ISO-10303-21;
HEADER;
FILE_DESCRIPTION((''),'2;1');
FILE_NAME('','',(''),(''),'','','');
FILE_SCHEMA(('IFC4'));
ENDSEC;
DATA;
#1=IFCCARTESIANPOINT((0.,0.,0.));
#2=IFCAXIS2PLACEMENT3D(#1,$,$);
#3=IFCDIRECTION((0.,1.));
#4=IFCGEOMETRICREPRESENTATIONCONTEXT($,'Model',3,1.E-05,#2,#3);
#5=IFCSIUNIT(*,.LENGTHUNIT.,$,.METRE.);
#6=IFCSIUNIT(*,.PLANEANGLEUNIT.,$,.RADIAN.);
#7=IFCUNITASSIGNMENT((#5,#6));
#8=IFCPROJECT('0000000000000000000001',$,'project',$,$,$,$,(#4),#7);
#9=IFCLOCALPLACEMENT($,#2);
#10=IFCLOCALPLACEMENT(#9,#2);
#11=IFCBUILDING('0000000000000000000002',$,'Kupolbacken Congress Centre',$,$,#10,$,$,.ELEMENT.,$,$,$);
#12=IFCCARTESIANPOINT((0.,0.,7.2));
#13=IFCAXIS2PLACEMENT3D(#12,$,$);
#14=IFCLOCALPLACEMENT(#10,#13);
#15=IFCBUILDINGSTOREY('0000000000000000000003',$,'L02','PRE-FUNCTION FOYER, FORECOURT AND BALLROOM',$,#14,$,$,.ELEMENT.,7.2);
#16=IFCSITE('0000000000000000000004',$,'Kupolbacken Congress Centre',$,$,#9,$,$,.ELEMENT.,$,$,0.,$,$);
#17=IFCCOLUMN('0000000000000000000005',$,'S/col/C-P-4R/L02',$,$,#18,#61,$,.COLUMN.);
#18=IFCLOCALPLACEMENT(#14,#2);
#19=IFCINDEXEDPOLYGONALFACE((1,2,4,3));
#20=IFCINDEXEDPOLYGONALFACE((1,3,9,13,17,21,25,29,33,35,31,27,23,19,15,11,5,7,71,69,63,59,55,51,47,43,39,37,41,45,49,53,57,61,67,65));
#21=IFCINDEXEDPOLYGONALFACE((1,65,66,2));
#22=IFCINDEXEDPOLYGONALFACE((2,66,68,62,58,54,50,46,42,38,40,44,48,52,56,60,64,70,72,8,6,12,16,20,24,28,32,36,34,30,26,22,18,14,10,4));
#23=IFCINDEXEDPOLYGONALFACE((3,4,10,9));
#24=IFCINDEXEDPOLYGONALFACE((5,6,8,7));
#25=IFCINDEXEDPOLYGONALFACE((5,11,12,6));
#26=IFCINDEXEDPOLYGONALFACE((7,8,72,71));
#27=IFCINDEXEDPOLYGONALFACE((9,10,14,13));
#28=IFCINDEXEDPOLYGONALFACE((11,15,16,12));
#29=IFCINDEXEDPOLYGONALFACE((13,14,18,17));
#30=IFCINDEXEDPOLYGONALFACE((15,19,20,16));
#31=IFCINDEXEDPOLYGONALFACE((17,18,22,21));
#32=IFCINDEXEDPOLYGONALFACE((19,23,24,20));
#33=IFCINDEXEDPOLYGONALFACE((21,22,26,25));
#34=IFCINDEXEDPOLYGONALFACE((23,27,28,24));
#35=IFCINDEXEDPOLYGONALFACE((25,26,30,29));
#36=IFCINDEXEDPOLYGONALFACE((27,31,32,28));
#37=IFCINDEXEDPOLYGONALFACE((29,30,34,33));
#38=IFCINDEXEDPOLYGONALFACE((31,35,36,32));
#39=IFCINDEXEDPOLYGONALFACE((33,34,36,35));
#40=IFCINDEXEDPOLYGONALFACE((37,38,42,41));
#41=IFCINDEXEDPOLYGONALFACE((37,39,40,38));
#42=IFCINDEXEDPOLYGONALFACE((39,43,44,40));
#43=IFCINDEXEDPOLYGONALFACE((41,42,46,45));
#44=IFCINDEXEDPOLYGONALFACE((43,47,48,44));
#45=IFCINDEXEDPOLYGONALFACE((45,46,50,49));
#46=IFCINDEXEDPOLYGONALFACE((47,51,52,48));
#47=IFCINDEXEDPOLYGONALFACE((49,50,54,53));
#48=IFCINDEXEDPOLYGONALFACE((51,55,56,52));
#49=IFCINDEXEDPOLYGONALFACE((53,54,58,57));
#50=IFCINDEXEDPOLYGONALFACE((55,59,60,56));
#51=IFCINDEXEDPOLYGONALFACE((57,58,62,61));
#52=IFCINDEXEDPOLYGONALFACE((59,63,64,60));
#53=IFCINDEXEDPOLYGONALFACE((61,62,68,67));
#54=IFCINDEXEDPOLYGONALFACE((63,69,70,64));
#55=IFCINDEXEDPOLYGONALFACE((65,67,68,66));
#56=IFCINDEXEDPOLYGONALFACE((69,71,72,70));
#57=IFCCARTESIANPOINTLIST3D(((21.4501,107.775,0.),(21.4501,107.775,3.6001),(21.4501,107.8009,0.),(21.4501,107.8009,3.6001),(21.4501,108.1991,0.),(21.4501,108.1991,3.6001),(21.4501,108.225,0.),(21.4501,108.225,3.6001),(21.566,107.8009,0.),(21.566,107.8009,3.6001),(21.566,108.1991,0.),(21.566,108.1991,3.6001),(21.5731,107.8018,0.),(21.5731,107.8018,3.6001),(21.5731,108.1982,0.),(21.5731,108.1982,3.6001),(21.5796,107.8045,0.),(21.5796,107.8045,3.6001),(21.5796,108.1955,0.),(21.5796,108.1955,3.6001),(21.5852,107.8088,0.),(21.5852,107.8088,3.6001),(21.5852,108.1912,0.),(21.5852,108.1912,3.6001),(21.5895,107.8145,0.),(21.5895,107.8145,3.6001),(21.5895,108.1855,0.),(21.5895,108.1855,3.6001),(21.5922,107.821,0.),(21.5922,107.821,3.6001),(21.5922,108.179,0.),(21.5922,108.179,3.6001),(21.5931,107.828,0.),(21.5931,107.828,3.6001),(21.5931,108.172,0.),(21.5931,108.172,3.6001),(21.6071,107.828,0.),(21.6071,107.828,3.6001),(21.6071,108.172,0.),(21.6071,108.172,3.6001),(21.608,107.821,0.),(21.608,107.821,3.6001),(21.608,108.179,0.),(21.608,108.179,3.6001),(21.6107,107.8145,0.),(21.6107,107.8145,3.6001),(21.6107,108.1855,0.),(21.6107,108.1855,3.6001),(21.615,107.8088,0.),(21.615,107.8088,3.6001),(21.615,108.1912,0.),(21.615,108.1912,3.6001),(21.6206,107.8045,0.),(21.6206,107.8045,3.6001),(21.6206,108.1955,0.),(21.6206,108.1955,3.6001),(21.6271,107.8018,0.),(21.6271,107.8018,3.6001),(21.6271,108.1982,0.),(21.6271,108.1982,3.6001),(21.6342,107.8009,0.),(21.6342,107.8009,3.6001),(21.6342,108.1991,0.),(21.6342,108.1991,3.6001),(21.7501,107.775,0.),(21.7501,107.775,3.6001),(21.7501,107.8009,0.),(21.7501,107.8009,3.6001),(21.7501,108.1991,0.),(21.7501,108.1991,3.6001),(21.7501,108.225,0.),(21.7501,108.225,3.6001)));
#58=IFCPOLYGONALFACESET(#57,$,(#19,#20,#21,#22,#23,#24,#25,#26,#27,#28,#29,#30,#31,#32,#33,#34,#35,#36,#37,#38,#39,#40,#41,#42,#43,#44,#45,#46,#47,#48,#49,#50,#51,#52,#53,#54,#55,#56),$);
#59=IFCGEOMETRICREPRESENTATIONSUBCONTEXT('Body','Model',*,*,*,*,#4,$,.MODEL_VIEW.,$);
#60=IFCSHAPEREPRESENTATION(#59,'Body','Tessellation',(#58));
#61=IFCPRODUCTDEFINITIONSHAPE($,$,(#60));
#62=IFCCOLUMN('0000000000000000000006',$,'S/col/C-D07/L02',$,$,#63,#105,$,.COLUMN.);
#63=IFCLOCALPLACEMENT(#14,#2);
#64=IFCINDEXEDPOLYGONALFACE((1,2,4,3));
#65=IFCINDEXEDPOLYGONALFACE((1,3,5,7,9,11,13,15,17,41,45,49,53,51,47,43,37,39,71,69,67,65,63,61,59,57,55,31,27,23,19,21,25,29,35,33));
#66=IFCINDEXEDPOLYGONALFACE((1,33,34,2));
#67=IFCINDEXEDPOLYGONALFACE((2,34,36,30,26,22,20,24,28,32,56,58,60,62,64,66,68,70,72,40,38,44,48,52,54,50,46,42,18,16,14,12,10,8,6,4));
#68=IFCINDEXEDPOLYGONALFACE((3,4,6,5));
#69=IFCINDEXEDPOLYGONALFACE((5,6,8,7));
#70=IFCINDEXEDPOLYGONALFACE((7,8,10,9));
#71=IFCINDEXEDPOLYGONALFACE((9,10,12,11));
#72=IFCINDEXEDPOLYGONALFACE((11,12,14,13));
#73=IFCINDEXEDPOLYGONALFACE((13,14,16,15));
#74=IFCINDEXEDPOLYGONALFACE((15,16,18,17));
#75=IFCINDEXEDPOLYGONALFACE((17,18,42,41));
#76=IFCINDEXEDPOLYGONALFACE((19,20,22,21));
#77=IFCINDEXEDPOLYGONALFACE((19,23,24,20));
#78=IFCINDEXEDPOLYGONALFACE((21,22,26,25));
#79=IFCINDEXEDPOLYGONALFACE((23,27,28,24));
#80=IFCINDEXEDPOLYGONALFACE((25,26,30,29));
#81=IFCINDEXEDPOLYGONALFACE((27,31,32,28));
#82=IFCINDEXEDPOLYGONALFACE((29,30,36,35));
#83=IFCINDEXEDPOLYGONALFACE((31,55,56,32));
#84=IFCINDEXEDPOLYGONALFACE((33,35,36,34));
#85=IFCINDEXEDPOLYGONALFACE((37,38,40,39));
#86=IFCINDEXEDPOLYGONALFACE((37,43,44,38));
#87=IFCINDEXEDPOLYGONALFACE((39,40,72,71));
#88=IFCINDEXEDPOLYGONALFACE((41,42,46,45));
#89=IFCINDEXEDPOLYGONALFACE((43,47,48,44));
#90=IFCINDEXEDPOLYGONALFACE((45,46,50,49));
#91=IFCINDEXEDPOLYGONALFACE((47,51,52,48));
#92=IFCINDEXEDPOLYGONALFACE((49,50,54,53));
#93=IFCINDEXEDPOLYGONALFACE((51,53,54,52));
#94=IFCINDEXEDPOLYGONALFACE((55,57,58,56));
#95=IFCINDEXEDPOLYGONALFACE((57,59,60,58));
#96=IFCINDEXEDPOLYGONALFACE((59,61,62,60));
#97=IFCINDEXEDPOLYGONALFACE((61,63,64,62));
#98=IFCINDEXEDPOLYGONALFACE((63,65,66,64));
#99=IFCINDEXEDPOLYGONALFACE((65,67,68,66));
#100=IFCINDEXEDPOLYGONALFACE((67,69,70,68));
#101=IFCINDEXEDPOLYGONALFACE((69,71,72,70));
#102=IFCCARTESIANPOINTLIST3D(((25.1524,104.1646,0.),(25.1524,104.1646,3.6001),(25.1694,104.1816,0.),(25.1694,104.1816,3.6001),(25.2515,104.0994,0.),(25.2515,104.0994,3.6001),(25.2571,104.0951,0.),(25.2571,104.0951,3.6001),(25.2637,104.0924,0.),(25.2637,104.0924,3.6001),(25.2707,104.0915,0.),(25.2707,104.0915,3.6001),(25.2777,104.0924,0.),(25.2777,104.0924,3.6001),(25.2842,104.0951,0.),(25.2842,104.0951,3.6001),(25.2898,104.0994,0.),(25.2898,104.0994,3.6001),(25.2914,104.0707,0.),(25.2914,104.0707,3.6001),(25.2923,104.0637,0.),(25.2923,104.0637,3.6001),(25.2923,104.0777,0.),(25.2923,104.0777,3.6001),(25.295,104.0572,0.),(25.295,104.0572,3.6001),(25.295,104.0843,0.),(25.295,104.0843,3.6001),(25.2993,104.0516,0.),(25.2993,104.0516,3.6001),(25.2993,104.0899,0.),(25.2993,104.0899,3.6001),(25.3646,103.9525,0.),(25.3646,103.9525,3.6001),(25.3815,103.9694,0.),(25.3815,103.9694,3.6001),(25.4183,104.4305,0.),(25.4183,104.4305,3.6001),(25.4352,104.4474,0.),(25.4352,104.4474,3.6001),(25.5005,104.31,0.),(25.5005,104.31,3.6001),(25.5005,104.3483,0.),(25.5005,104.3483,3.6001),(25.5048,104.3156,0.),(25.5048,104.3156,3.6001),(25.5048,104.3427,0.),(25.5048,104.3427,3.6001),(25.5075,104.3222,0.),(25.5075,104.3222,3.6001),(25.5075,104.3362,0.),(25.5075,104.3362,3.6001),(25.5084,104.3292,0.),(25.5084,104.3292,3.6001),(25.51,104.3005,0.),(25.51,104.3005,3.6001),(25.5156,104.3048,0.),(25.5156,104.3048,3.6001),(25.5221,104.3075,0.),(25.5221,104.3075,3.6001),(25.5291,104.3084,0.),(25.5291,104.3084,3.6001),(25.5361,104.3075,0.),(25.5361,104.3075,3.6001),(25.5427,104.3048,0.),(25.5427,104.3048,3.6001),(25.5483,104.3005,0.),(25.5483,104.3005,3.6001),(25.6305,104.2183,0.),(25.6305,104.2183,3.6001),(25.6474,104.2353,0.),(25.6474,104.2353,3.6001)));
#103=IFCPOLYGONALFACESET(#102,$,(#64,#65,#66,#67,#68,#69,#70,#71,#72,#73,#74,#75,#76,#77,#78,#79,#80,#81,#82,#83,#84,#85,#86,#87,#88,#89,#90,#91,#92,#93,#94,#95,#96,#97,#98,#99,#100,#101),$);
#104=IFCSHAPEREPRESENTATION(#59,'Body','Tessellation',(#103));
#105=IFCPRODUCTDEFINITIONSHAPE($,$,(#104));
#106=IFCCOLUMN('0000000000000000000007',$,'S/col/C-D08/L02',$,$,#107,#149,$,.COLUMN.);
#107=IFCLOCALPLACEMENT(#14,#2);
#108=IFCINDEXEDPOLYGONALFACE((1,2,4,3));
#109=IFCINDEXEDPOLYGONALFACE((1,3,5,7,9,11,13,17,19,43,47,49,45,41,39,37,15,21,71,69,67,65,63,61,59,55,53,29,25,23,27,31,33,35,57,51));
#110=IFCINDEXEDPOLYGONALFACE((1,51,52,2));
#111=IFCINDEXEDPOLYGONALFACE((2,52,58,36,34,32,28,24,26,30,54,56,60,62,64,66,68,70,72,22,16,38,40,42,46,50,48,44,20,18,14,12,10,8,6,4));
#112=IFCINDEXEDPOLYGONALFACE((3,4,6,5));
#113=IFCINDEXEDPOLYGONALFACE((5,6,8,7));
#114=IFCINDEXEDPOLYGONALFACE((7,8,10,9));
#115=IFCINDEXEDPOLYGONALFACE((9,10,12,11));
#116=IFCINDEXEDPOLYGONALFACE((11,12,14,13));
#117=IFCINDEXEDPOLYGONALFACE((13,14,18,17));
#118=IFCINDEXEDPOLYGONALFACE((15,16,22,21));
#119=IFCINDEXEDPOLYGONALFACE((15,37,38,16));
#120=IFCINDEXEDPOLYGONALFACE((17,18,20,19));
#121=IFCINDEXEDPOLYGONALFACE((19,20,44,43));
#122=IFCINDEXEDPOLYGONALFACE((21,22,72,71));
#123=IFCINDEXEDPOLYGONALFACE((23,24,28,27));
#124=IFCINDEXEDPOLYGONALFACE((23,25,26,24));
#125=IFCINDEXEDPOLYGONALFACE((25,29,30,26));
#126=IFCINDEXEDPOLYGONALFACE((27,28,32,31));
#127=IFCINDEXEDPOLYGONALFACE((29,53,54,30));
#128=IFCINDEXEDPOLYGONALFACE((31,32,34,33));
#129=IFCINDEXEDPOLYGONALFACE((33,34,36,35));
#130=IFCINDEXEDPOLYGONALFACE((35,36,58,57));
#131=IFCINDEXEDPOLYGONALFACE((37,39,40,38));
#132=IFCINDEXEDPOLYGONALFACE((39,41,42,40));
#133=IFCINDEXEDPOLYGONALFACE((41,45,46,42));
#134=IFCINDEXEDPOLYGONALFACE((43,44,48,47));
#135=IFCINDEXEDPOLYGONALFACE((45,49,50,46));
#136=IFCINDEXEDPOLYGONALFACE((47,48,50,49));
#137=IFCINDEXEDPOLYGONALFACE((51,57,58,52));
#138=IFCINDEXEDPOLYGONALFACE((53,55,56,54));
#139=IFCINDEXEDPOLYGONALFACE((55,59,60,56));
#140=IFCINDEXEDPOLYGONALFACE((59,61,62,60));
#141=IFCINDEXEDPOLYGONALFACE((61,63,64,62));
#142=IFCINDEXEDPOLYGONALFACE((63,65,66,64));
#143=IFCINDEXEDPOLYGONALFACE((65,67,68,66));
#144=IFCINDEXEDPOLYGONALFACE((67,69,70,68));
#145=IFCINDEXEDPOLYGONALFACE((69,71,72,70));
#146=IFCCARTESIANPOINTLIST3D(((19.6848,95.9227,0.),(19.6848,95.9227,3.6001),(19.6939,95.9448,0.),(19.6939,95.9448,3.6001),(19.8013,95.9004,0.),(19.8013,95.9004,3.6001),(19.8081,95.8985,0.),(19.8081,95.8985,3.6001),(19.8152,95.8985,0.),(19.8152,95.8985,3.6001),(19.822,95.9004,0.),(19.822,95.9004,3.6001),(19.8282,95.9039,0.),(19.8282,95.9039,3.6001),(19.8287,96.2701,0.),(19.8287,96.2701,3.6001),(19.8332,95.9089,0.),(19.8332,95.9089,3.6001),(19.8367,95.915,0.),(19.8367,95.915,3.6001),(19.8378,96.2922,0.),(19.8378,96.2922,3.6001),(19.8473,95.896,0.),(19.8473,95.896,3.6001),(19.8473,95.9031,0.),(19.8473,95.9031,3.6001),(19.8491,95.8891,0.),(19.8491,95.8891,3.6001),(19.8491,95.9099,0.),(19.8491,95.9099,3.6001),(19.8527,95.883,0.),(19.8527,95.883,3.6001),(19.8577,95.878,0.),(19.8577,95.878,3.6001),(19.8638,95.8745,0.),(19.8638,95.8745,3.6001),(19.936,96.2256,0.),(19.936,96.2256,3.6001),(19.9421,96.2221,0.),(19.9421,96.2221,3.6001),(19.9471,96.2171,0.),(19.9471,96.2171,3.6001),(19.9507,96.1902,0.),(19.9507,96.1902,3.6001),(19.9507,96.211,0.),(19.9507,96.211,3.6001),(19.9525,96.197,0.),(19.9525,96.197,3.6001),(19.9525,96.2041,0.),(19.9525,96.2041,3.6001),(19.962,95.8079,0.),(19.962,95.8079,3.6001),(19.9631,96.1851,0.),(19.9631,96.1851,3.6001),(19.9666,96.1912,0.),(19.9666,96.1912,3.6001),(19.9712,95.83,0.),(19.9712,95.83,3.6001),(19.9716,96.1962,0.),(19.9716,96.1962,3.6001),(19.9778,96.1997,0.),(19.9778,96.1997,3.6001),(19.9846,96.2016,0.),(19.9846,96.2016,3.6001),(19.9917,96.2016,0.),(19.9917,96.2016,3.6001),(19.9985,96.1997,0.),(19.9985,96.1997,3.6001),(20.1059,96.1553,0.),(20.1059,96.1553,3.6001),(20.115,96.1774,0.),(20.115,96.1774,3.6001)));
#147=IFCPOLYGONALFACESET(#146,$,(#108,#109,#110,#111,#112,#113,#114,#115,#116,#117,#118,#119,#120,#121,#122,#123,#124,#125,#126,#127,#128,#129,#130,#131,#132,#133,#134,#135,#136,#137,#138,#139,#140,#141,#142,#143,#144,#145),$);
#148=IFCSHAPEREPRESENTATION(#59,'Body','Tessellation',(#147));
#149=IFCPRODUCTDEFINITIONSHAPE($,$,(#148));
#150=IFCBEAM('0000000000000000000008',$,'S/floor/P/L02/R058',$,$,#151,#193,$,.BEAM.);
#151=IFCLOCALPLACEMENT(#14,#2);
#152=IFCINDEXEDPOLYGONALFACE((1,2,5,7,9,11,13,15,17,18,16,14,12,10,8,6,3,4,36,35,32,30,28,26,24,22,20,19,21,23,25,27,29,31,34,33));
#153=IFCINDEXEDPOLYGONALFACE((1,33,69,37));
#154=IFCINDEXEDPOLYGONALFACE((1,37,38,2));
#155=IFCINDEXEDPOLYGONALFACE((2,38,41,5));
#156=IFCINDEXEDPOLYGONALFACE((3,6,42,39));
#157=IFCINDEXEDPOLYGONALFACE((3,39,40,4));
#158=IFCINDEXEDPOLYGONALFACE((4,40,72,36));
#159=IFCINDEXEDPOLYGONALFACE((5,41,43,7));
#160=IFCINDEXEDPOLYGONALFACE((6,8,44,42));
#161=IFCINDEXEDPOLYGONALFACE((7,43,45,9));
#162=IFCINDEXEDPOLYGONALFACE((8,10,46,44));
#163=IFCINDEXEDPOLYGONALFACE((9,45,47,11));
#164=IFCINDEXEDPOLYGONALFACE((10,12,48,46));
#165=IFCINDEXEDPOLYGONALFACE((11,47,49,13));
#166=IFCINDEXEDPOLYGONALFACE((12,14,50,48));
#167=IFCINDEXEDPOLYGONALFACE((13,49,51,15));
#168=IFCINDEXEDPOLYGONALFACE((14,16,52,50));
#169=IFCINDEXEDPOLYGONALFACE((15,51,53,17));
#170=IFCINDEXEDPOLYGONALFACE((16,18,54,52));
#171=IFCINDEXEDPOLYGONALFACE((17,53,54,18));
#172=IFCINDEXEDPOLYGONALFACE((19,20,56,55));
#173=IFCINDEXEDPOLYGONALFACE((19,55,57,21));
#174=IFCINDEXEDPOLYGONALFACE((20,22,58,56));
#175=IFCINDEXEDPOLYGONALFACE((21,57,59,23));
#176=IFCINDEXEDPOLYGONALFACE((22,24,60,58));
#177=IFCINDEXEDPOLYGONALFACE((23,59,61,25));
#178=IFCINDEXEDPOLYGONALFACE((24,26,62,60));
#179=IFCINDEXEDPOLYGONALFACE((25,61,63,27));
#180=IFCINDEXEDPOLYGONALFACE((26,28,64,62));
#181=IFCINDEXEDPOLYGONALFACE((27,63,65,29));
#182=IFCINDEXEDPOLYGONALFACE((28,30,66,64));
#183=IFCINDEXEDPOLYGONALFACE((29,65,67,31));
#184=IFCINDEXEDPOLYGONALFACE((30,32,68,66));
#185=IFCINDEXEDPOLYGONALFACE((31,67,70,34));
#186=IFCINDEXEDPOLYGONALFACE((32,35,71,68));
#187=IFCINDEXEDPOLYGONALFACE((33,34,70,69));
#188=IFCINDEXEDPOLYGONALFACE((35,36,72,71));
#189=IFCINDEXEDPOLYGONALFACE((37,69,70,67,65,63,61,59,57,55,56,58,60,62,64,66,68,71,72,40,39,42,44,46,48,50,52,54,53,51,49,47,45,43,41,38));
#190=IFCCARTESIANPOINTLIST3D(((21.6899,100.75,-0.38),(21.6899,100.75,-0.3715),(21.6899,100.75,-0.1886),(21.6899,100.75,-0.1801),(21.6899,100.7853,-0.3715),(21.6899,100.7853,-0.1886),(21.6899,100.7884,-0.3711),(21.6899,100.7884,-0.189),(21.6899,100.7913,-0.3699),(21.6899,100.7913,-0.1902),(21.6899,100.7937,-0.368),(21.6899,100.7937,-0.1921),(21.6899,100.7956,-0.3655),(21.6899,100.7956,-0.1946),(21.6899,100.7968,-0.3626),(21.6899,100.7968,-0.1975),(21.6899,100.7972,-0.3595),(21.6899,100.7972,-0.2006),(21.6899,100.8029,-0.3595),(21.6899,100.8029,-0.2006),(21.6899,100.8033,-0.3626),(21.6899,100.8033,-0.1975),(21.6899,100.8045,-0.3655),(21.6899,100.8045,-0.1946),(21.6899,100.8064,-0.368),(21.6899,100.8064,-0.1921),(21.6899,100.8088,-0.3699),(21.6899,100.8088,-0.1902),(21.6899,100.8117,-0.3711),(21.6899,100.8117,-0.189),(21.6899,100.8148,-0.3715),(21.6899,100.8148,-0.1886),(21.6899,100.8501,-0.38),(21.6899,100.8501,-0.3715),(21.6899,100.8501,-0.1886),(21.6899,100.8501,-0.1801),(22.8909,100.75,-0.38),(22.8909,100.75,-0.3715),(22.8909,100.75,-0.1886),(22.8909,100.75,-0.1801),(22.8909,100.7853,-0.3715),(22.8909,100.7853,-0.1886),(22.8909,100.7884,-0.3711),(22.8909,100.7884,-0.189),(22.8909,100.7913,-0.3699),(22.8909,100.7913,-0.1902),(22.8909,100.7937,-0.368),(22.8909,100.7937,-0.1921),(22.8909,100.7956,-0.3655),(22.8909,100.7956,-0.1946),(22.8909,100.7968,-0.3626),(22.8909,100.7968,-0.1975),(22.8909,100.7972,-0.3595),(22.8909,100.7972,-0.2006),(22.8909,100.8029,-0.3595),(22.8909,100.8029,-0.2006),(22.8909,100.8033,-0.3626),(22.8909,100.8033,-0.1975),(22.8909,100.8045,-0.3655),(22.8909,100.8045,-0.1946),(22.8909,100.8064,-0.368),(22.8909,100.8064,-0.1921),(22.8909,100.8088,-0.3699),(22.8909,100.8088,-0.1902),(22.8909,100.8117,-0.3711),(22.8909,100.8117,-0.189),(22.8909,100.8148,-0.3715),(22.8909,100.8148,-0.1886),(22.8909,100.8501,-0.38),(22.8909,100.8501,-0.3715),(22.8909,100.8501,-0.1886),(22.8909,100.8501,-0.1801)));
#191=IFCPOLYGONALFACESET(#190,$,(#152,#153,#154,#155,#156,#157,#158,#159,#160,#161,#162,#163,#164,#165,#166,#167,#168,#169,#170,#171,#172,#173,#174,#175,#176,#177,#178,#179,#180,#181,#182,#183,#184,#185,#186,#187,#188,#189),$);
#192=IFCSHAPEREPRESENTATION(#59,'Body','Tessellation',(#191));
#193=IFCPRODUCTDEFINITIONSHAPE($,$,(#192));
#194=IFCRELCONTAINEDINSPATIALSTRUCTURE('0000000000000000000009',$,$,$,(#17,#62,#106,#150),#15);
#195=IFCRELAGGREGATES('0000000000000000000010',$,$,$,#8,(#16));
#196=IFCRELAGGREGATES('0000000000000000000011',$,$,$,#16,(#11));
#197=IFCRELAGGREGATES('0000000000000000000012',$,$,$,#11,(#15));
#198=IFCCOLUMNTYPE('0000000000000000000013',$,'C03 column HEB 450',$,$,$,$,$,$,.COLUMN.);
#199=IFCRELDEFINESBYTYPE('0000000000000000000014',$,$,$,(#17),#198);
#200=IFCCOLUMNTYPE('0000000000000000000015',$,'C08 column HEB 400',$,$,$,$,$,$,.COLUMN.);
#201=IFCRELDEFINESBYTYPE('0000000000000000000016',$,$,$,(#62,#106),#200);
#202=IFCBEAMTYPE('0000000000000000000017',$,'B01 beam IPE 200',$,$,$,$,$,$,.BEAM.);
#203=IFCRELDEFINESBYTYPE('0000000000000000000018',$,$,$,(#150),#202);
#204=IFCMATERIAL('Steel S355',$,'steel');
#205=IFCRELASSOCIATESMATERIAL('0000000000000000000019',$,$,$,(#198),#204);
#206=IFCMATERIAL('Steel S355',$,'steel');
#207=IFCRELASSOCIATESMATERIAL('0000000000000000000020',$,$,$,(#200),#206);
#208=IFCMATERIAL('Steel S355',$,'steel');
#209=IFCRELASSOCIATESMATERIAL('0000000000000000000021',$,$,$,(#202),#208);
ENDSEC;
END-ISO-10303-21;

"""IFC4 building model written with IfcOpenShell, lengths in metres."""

from ifc_helpers import new_model, si_unit, direction, frame, origin, origin_2d, place, context, subcontext, project, spatial, i_section, extrude, material, material_profile, profile_set, type_object, element, save


model = new_model("IFC4")

# Units and contexts
model_context = context("Model", 3, precision=1e-05, world=origin(), true_north=direction((0.0, 1.0)))
body_context = subcontext(model_context, "Body", "Model", "MODEL_VIEW")
ifc_project = project(units=[si_unit("LENGTHUNIT", "METRE"), si_unit("PLANEANGLEUNIT", "RADIAN")], contexts=[model_context])

# Site, building, storey
site_placement = place(None, origin())
site = spatial("IfcSite", under=ifc_project, at=site_placement, Name="Kupolbacken Congress Centre", CompositionType="ELEMENT", RefElevation=0.0)
building_placement = place(site_placement, origin())
building = spatial("IfcBuilding", under=site, at=building_placement, Name="Kupolbacken Congress Centre", CompositionType="ELEMENT")
storey_placement = place(building_placement, frame((0.0, 0.0, 7.2)))
storey = spatial("IfcBuildingStorey", under=building, at=storey_placement, Name="L02", Description="PRE-FUNCTION FOYER, FORECOURT AND BALLROOM", CompositionType="ELEMENT", Elevation=7.2)

# Columns
ifc_material_1 = material(Name="Steel S355", Category="steel")
ifc_material_profile_1 = material_profile(ifc_material_1, i_section(OverallWidth=0.3, OverallDepth=0.45, WebThickness=0.0139, FlangeThickness=0.0259, FilletRadius=0.0271, at=origin_2d()), Name="HEB 450")
ifc_profile_set_1 = profile_set([ifc_material_profile_1], Name="Steel S355")
column_type_1 = type_object("IfcColumnType", Name="C03 column HEB 450", PredefinedType="COLUMN", material=ifc_profile_set_1)
column_placement = place(storey_placement, frame((21.6001, 108.0, 0.0), z_axis=(0.0, 0.0, 1.0), x_axis=(1.0, 0.0, 0.0)))
element("IfcColumn", 1, at=column_placement, inside=storey, type_object=column_type_1, Name="S/col/C-P-4R/L02", PredefinedType="COLUMN", context=body_context, shape_type="SweptSolid", body=[
    extrude(i_section(OverallWidth=0.3, OverallDepth=0.45, WebThickness=0.0139, FlangeThickness=0.0259, FilletRadius=0.0271, at=origin_2d()), origin(), (0.0, 0.0, 1.0), 3.6001),
])
ifc_material_2 = material(Name="Steel S355", Category="steel")
ifc_material_profile_2 = material_profile(ifc_material_2, i_section(OverallWidth=0.3, OverallDepth=0.3999, WebThickness=0.0134, FlangeThickness=0.0239, FilletRadius=0.0271, at=origin_2d()), Name="HEB 400")
ifc_profile_set_2 = profile_set([ifc_material_profile_2], Name="Steel S355")
column_type_2 = type_object("IfcColumnType", Name="C08 column HEB 400", PredefinedType="COLUMN", material=ifc_profile_set_2)
for number, where, z_axis, x_axis, name in (
    (2, (25.3999, 104.2, 0.0), (0.0, 0.0, 1.0), (-0.707107, 0.707107, 0.0), "S/col/C-D07/L02"),
    (3, (19.8999, 96.05, 0.0), (0.0, 0.0, 1.0), (-0.923896, 0.382644, 0.0), "S/col/C-D08/L02"),
):
    element("IfcColumn", number, at=place(storey_placement, frame(where, z_axis=z_axis, x_axis=x_axis)), inside=storey, type_object=column_type_2, Name=name, PredefinedType="COLUMN", context=body_context, shape_type="SweptSolid", body=[
        extrude(i_section(OverallWidth=0.3, OverallDepth=0.3999, WebThickness=0.0134, FlangeThickness=0.0239, FilletRadius=0.0271, at=origin_2d()), origin(), (0.0, 0.0, 1.0), 3.6001),
    ])

# Beam
ifc_material_3 = material(Name="Steel S355", Category="steel")
ifc_material_profile_3 = material_profile(ifc_material_3, i_section(OverallWidth=0.1001, OverallDepth=0.2, WebThickness=0.0056, FlangeThickness=0.0085, FilletRadius=0.012, at=origin_2d()), Name="IPE 200")
ifc_profile_set_3 = profile_set([ifc_material_profile_3], Name="Steel S355")
beam_type_1 = type_object("IfcBeamType", Name="B01 beam IPE 200", PredefinedType="BEAM", material=ifc_profile_set_3)
beam_1_placement = place(storey_placement, frame((21.6899, 100.8, -0.28), z_axis=(1.0, 0.0, 0.0), x_axis=(0.0, 1.0, 0.0)))
element("IfcBeam", 4, at=beam_1_placement, inside=storey, type_object=beam_type_1, Name="S/floor/P/L02/R058", PredefinedType="BEAM", context=body_context, shape_type="SweptSolid", body=[
    extrude(i_section(OverallWidth=0.1001, OverallDepth=0.2, WebThickness=0.0056, FlangeThickness=0.0085, FilletRadius=0.012, at=origin_2d()), origin(), (0.0, 0.0, 1.0), 1.2009),
])

save(model, "model.ifc")
